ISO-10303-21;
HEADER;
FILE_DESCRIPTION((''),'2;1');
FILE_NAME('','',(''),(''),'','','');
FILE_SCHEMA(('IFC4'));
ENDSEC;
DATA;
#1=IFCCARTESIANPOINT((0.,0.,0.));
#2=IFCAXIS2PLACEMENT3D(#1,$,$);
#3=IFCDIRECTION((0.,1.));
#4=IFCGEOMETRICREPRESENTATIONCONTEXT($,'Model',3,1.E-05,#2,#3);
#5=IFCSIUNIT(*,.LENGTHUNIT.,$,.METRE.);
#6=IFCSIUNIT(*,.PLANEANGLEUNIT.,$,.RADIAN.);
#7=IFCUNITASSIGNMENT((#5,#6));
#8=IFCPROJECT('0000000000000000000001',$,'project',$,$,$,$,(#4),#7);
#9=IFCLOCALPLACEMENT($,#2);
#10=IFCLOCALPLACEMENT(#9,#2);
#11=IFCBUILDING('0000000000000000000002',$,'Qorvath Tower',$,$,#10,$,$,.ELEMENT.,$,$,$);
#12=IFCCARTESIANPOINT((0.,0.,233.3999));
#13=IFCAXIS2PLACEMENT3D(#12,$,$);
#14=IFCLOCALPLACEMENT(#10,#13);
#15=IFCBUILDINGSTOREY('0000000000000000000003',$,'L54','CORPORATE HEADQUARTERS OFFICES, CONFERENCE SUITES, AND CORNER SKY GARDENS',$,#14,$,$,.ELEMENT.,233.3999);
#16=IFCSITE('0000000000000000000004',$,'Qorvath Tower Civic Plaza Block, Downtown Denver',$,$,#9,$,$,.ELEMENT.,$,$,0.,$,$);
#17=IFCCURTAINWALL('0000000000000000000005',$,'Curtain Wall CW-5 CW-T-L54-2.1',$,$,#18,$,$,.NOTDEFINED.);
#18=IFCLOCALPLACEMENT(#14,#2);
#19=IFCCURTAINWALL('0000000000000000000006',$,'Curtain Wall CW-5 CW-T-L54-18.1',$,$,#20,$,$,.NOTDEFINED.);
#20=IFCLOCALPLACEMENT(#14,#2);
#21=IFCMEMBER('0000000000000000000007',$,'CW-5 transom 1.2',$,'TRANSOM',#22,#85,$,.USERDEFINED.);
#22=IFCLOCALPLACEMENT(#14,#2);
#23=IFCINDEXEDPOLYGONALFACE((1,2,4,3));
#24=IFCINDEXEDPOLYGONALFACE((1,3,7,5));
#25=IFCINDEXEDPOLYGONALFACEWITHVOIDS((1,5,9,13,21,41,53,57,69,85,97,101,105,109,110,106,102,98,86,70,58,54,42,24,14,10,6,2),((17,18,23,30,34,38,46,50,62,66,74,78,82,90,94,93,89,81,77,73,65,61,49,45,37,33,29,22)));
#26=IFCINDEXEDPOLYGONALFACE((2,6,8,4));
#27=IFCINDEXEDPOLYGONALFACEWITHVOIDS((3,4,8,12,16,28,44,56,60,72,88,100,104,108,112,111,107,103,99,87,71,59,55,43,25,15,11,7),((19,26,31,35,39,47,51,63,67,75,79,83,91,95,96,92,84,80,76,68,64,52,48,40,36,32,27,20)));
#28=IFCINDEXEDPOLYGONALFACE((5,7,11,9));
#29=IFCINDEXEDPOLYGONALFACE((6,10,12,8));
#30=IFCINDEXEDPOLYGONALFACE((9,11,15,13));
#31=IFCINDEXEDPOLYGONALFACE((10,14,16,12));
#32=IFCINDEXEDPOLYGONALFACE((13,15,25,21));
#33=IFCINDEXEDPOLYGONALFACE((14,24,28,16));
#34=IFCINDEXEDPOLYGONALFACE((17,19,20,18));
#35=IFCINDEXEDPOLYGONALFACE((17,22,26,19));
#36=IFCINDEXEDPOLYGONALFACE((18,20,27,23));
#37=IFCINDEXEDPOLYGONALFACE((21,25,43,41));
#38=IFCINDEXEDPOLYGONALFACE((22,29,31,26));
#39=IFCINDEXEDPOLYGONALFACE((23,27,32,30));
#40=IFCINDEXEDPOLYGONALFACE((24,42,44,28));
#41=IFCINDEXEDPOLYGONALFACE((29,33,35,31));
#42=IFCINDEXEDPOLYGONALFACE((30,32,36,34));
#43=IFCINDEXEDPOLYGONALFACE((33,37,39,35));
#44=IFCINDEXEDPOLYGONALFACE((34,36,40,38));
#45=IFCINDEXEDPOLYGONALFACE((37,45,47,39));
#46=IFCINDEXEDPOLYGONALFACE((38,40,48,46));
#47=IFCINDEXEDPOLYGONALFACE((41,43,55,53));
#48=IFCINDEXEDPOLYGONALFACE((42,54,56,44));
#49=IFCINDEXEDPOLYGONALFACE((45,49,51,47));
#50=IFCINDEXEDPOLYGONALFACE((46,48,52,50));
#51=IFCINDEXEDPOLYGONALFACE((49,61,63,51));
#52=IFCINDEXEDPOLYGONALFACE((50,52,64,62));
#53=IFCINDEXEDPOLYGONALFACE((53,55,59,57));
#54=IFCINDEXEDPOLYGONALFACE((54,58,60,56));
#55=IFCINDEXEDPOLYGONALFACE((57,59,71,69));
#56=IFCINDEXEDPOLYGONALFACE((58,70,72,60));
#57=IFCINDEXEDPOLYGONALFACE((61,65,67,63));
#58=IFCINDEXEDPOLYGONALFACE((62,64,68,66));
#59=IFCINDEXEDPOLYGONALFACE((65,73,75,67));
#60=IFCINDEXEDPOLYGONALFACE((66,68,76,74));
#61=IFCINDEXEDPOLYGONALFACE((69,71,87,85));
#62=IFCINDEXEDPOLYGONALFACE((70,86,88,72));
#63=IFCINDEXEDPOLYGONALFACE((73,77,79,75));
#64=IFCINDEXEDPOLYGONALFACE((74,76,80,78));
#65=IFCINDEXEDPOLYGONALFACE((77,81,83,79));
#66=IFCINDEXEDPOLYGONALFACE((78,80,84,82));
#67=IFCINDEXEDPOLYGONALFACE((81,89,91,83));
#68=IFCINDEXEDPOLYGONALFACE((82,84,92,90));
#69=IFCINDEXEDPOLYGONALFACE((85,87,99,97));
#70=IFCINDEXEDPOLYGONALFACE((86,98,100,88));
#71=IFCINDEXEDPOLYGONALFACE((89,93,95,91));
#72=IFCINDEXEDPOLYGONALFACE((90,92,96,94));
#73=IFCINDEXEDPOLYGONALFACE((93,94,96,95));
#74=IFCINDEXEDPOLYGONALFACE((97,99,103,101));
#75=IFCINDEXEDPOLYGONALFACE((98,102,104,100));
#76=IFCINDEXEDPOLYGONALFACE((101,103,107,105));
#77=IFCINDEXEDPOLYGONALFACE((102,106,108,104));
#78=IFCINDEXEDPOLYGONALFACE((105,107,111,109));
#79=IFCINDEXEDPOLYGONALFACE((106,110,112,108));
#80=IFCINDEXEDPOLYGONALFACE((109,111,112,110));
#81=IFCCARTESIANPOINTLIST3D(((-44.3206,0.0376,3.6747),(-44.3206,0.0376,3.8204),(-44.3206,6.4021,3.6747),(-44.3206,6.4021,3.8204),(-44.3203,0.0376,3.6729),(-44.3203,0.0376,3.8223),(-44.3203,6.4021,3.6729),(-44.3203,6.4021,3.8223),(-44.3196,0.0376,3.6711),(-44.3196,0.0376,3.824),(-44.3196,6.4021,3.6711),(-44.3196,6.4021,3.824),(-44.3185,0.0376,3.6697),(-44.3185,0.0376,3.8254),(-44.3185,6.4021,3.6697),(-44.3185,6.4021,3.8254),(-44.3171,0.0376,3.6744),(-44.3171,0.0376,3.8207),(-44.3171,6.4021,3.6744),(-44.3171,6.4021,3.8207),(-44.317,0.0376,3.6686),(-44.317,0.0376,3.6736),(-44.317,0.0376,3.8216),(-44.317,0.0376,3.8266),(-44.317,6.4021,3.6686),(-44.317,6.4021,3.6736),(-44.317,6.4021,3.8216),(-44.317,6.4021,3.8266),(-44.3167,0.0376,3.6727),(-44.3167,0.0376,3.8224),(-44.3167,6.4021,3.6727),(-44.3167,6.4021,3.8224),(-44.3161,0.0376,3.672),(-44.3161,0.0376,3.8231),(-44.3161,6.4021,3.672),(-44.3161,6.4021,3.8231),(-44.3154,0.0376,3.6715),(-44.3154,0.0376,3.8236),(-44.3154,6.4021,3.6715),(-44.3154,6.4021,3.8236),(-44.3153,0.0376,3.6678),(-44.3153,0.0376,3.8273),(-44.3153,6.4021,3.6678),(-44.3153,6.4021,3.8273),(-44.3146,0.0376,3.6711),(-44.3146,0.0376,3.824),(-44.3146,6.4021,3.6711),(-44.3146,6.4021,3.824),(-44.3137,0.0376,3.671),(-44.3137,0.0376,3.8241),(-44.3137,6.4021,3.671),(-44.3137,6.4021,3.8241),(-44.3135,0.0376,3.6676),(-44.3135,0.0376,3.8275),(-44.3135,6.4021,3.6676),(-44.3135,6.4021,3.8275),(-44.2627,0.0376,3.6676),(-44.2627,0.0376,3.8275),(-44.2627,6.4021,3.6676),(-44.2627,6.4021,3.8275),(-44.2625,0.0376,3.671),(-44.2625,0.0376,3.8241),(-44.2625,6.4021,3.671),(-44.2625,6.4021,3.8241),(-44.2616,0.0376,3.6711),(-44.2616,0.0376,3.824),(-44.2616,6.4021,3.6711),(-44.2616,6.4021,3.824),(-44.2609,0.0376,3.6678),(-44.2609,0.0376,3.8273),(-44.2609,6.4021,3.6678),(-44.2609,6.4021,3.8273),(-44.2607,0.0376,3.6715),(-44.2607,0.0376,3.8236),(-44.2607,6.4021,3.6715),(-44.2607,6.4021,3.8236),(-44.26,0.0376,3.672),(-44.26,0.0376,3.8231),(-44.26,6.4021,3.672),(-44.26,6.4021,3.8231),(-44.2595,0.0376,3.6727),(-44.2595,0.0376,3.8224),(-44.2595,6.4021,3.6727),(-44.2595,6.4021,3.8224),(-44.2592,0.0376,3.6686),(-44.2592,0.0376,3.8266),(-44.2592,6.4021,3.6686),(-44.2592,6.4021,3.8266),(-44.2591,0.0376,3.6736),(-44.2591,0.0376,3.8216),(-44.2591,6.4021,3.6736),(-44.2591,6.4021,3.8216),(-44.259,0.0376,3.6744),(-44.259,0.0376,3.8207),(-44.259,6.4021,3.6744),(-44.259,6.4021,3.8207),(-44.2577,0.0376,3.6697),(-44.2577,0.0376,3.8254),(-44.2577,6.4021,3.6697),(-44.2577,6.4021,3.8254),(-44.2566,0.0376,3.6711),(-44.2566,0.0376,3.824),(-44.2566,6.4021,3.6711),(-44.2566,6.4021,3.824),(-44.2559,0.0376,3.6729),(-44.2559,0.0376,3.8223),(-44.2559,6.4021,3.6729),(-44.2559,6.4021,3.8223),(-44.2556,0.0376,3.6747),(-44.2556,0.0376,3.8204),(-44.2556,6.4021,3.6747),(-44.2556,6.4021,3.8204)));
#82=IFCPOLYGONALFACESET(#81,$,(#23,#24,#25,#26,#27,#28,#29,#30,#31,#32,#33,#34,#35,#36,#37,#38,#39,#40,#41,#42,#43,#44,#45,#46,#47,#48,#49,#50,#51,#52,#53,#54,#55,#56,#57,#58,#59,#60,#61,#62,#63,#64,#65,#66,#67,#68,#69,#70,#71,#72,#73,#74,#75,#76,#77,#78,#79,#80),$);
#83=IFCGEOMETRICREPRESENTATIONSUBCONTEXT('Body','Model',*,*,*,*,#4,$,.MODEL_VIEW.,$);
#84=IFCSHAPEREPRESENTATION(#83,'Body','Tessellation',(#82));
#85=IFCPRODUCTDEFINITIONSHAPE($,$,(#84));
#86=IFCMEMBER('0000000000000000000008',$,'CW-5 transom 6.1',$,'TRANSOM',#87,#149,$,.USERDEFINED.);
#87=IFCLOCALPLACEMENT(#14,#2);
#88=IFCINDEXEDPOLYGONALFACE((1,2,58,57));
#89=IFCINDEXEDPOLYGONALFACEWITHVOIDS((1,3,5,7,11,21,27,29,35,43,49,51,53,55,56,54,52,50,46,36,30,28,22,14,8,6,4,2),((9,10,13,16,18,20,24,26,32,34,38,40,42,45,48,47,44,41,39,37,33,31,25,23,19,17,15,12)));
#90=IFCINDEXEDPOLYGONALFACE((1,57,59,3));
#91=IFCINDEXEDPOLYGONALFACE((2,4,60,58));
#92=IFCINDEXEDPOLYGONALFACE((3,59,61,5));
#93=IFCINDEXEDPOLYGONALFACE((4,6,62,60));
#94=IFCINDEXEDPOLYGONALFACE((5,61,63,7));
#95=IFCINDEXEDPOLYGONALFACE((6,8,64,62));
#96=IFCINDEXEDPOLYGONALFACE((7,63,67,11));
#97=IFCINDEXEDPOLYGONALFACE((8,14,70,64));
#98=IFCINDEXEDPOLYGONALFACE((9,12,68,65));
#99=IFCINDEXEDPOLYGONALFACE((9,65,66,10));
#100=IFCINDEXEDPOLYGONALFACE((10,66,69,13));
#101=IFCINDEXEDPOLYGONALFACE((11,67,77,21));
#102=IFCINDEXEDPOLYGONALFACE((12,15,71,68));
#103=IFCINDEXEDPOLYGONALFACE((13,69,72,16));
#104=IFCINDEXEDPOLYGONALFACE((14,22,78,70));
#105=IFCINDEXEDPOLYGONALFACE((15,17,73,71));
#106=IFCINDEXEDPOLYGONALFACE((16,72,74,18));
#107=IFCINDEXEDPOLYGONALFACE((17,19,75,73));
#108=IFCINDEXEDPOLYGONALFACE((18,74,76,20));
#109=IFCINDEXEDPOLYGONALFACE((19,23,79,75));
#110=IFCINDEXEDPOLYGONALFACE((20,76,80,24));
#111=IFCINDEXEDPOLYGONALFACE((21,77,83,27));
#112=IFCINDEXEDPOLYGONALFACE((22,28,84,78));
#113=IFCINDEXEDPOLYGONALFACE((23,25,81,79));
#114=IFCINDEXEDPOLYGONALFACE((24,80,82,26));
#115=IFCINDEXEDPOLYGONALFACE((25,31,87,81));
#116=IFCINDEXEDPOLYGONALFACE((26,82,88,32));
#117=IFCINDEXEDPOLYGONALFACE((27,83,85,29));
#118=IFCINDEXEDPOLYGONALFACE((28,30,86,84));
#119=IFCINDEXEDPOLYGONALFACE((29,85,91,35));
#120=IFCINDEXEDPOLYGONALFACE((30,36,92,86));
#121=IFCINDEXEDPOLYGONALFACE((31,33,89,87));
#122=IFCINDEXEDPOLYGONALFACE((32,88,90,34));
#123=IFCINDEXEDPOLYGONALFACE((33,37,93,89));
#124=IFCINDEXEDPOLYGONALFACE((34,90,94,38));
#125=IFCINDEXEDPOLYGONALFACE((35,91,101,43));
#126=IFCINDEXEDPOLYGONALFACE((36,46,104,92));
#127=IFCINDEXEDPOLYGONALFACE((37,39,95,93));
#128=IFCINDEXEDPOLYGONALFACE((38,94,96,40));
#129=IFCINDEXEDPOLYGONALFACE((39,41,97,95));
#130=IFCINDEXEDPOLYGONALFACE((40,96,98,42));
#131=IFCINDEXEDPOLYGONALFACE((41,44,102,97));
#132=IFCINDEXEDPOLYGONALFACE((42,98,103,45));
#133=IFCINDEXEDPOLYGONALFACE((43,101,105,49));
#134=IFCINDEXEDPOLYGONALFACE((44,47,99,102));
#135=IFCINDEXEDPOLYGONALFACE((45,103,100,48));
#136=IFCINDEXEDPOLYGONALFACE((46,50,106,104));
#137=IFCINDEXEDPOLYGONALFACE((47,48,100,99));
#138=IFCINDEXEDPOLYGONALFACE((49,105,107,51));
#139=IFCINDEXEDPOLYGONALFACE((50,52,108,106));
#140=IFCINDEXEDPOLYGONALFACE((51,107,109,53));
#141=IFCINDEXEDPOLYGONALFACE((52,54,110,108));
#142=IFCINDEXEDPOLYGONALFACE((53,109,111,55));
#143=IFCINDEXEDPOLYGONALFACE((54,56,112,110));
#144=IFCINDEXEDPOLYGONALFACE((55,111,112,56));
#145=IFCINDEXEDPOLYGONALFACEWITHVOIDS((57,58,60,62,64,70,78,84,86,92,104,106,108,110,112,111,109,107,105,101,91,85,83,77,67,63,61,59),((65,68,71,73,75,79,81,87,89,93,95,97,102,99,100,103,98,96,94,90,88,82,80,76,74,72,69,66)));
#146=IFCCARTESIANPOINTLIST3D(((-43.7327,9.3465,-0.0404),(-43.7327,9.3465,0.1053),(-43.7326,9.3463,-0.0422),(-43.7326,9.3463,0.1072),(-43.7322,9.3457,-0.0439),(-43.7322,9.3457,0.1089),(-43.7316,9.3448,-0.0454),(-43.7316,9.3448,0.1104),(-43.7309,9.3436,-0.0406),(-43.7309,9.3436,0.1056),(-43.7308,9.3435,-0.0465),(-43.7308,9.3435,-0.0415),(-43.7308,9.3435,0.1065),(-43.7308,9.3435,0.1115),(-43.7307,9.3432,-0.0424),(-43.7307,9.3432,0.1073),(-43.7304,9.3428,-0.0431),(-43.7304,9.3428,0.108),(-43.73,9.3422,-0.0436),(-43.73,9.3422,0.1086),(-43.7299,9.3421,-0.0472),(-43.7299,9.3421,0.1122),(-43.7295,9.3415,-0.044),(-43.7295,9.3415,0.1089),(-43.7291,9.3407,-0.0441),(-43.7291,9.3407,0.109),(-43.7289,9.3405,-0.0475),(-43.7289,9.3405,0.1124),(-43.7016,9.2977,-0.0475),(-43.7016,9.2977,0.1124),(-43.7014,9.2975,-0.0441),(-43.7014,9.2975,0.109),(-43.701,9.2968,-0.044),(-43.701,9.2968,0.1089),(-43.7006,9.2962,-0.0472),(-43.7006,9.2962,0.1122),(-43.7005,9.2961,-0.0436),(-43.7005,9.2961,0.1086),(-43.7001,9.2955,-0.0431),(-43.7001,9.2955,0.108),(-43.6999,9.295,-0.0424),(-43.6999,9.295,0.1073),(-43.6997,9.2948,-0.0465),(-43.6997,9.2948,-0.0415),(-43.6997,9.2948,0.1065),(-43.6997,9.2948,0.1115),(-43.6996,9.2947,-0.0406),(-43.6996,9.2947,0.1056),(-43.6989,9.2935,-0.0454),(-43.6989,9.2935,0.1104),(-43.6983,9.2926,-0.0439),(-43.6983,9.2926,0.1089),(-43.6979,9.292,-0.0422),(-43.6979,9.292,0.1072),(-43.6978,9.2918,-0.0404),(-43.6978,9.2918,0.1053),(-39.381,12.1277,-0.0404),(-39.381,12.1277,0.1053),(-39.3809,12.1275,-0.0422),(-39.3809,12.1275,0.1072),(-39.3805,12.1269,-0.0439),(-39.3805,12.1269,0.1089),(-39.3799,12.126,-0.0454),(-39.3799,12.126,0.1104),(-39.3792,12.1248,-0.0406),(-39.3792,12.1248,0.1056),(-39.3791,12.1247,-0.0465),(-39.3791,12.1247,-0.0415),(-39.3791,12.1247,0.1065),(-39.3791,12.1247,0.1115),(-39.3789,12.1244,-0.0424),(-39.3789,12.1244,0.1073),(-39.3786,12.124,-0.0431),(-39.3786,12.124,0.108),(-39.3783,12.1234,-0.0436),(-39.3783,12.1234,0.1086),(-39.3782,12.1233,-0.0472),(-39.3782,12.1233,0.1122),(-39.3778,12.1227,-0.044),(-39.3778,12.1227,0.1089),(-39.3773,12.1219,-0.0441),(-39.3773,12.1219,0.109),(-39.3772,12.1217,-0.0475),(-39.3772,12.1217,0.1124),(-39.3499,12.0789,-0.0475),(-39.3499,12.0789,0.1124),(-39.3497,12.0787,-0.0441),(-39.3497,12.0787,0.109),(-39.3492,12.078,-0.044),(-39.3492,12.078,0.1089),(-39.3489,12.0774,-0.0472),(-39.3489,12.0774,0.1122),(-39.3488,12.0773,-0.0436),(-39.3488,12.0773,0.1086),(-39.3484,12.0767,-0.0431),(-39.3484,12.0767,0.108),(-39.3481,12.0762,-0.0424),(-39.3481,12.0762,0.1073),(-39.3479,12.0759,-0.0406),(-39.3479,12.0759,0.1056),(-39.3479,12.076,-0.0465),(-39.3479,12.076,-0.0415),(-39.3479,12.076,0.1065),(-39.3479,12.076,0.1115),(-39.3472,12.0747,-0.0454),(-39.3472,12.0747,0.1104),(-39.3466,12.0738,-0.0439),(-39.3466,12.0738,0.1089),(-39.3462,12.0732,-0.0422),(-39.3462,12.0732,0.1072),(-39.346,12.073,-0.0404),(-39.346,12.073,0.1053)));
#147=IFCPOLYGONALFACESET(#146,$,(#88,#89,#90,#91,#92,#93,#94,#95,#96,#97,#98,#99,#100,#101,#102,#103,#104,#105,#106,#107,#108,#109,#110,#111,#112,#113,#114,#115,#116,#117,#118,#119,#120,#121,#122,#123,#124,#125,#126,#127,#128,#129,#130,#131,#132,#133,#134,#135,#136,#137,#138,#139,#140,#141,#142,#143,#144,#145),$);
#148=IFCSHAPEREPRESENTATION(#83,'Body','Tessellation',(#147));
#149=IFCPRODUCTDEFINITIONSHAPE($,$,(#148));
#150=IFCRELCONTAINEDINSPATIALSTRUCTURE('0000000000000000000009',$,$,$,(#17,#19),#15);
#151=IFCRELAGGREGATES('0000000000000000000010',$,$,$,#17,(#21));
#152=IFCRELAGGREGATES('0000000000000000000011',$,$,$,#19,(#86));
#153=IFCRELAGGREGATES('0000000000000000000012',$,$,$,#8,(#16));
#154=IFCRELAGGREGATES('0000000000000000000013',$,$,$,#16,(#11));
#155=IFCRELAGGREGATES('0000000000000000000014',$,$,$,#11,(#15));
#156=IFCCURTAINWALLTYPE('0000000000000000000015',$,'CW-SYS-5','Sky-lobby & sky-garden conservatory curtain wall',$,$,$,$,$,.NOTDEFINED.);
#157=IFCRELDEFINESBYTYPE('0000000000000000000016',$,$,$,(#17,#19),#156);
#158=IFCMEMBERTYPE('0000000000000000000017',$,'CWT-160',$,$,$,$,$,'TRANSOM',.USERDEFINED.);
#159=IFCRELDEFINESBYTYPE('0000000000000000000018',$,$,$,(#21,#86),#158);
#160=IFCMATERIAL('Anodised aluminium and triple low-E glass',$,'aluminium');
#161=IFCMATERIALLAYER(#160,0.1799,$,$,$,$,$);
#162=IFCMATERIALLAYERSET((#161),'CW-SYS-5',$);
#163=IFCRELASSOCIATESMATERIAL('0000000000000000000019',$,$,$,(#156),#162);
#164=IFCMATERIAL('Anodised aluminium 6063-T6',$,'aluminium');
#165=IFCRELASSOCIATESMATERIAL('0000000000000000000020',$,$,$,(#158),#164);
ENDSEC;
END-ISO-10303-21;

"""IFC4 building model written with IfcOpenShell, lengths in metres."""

from ifc_helpers import new_model, si_unit, direction, frame, origin, origin_2d, place, context, subcontext, project, spatial, hollow_rectangle, extrude, material, layer, layer_set, material_profile, profile_set, type_object, element, aggregate, save


model = new_model("IFC4")

# Units and contexts
model_context = context("Model", 3, precision=1e-05, world=origin(), true_north=direction((0.0, 1.0)))
body_context = subcontext(model_context, "Body", "Model", "MODEL_VIEW")
ifc_project = project(units=[si_unit("LENGTHUNIT", "METRE"), si_unit("PLANEANGLEUNIT", "RADIAN")], contexts=[model_context])

# Site, building, storey
site_placement = place(None, origin())
site = spatial("IfcSite", under=ifc_project, at=site_placement, Name="Qorvath Tower Civic Plaza Block, Downtown Denver", CompositionType="ELEMENT", RefElevation=0.0)
building_placement = place(site_placement, origin())
building = spatial("IfcBuilding", under=site, at=building_placement, Name="Qorvath Tower", CompositionType="ELEMENT")
storey_placement = place(building_placement, frame((0.0, 0.0, 233.3999)))
storey = spatial("IfcBuildingStorey", under=building, at=storey_placement, Name="L54", Description="CORPORATE HEADQUARTERS OFFICES, CONFERENCE SUITES, AND CORNER SKY GARDENS", CompositionType="ELEMENT", Elevation=233.3999)

# Curtain walls
ifc_material_1 = material(Name="Anodised aluminium and triple low-E glass", Category="aluminium")
ifc_layer_1 = layer(ifc_material_1, 0.1799)
ifc_layer_set_1 = layer_set([ifc_layer_1], Name="CW-SYS-5")
curtain_wall_type = type_object("IfcCurtainWallType", Name="CW-SYS-5", Description="Sky-lobby & sky-garden conservatory curtain wall", PredefinedType="NOTDEFINED", material=ifc_layer_set_1)
curtain_wall_1_placement = place(storey_placement, origin())
curtain_wall_1 = element("IfcCurtainWall", 1, at=curtain_wall_1_placement, inside=storey, type_object=curtain_wall_type, Name="Curtain Wall CW-5 CW-T-L54-2.1", PredefinedType="NOTDEFINED")
curtain_wall_2_placement = place(storey_placement, origin())
curtain_wall_2 = element("IfcCurtainWall", 2, at=curtain_wall_2_placement, inside=storey, type_object=curtain_wall_type, Name="Curtain Wall CW-5 CW-T-L54-18.1", PredefinedType="NOTDEFINED")

# Members
ifc_material_2 = material(Name="Anodised aluminium 6063-T6", Category="aluminium")
ifc_material_profile_1 = material_profile(ifc_material_2, hollow_rectangle(XDim=0.0649, YDim=0.1599, WallThickness=0.0034, InnerFilletRadius=0.0034, OuterFilletRadius=0.0071, at=origin_2d()), Name="CWT 160x65")
ifc_profile_set_1 = profile_set([ifc_material_profile_1], Name="Anodised aluminium 6063-T6")
member_type_1 = type_object("IfcMemberType", Name="CWT-160", ElementType="TRANSOM", PredefinedType="USERDEFINED", material=ifc_profile_set_1)
member_1_placement = place(storey_placement, frame((-44.2881, 6.4021, 3.7476), z_axis=(0.0, -1.0, 0.0), x_axis=(1.0, 0.0, 0.0)))
member_1 = element("IfcMember", 3, at=member_1_placement, type_object=member_type_1, Name="CW-5 transom 1.2", ObjectType="TRANSOM", PredefinedType="USERDEFINED", context=body_context, shape_type="SweptSolid", body=[
    extrude(hollow_rectangle(XDim=0.0649, YDim=0.1599, WallThickness=0.0034, InnerFilletRadius=0.0034, OuterFilletRadius=0.0071, at=origin_2d()), origin(), (0.0, 0.0, 1.0), 6.3645),
])
member_2_placement = place(storey_placement, frame((-39.3635, 12.1003, 0.0325), z_axis=(-0.842615, -0.538517, 0.0), x_axis=(0.538517, -0.842615, 0.0)))
member_2 = element("IfcMember", 4, at=member_2_placement, type_object=member_type_1, Name="CW-5 transom 6.1", ObjectType="TRANSOM", PredefinedType="USERDEFINED", context=body_context, shape_type="SweptSolid", body=[
    extrude(hollow_rectangle(XDim=0.0649, YDim=0.1599, WallThickness=0.0034, InnerFilletRadius=0.0034, OuterFilletRadius=0.0071, at=origin_2d()), origin(), (0.0, 0.0, 1.0), 5.1646),
])

aggregate(curtain_wall_1, [member_1])
aggregate(curtain_wall_2, [member_2])

save(model, "model.ifc")
